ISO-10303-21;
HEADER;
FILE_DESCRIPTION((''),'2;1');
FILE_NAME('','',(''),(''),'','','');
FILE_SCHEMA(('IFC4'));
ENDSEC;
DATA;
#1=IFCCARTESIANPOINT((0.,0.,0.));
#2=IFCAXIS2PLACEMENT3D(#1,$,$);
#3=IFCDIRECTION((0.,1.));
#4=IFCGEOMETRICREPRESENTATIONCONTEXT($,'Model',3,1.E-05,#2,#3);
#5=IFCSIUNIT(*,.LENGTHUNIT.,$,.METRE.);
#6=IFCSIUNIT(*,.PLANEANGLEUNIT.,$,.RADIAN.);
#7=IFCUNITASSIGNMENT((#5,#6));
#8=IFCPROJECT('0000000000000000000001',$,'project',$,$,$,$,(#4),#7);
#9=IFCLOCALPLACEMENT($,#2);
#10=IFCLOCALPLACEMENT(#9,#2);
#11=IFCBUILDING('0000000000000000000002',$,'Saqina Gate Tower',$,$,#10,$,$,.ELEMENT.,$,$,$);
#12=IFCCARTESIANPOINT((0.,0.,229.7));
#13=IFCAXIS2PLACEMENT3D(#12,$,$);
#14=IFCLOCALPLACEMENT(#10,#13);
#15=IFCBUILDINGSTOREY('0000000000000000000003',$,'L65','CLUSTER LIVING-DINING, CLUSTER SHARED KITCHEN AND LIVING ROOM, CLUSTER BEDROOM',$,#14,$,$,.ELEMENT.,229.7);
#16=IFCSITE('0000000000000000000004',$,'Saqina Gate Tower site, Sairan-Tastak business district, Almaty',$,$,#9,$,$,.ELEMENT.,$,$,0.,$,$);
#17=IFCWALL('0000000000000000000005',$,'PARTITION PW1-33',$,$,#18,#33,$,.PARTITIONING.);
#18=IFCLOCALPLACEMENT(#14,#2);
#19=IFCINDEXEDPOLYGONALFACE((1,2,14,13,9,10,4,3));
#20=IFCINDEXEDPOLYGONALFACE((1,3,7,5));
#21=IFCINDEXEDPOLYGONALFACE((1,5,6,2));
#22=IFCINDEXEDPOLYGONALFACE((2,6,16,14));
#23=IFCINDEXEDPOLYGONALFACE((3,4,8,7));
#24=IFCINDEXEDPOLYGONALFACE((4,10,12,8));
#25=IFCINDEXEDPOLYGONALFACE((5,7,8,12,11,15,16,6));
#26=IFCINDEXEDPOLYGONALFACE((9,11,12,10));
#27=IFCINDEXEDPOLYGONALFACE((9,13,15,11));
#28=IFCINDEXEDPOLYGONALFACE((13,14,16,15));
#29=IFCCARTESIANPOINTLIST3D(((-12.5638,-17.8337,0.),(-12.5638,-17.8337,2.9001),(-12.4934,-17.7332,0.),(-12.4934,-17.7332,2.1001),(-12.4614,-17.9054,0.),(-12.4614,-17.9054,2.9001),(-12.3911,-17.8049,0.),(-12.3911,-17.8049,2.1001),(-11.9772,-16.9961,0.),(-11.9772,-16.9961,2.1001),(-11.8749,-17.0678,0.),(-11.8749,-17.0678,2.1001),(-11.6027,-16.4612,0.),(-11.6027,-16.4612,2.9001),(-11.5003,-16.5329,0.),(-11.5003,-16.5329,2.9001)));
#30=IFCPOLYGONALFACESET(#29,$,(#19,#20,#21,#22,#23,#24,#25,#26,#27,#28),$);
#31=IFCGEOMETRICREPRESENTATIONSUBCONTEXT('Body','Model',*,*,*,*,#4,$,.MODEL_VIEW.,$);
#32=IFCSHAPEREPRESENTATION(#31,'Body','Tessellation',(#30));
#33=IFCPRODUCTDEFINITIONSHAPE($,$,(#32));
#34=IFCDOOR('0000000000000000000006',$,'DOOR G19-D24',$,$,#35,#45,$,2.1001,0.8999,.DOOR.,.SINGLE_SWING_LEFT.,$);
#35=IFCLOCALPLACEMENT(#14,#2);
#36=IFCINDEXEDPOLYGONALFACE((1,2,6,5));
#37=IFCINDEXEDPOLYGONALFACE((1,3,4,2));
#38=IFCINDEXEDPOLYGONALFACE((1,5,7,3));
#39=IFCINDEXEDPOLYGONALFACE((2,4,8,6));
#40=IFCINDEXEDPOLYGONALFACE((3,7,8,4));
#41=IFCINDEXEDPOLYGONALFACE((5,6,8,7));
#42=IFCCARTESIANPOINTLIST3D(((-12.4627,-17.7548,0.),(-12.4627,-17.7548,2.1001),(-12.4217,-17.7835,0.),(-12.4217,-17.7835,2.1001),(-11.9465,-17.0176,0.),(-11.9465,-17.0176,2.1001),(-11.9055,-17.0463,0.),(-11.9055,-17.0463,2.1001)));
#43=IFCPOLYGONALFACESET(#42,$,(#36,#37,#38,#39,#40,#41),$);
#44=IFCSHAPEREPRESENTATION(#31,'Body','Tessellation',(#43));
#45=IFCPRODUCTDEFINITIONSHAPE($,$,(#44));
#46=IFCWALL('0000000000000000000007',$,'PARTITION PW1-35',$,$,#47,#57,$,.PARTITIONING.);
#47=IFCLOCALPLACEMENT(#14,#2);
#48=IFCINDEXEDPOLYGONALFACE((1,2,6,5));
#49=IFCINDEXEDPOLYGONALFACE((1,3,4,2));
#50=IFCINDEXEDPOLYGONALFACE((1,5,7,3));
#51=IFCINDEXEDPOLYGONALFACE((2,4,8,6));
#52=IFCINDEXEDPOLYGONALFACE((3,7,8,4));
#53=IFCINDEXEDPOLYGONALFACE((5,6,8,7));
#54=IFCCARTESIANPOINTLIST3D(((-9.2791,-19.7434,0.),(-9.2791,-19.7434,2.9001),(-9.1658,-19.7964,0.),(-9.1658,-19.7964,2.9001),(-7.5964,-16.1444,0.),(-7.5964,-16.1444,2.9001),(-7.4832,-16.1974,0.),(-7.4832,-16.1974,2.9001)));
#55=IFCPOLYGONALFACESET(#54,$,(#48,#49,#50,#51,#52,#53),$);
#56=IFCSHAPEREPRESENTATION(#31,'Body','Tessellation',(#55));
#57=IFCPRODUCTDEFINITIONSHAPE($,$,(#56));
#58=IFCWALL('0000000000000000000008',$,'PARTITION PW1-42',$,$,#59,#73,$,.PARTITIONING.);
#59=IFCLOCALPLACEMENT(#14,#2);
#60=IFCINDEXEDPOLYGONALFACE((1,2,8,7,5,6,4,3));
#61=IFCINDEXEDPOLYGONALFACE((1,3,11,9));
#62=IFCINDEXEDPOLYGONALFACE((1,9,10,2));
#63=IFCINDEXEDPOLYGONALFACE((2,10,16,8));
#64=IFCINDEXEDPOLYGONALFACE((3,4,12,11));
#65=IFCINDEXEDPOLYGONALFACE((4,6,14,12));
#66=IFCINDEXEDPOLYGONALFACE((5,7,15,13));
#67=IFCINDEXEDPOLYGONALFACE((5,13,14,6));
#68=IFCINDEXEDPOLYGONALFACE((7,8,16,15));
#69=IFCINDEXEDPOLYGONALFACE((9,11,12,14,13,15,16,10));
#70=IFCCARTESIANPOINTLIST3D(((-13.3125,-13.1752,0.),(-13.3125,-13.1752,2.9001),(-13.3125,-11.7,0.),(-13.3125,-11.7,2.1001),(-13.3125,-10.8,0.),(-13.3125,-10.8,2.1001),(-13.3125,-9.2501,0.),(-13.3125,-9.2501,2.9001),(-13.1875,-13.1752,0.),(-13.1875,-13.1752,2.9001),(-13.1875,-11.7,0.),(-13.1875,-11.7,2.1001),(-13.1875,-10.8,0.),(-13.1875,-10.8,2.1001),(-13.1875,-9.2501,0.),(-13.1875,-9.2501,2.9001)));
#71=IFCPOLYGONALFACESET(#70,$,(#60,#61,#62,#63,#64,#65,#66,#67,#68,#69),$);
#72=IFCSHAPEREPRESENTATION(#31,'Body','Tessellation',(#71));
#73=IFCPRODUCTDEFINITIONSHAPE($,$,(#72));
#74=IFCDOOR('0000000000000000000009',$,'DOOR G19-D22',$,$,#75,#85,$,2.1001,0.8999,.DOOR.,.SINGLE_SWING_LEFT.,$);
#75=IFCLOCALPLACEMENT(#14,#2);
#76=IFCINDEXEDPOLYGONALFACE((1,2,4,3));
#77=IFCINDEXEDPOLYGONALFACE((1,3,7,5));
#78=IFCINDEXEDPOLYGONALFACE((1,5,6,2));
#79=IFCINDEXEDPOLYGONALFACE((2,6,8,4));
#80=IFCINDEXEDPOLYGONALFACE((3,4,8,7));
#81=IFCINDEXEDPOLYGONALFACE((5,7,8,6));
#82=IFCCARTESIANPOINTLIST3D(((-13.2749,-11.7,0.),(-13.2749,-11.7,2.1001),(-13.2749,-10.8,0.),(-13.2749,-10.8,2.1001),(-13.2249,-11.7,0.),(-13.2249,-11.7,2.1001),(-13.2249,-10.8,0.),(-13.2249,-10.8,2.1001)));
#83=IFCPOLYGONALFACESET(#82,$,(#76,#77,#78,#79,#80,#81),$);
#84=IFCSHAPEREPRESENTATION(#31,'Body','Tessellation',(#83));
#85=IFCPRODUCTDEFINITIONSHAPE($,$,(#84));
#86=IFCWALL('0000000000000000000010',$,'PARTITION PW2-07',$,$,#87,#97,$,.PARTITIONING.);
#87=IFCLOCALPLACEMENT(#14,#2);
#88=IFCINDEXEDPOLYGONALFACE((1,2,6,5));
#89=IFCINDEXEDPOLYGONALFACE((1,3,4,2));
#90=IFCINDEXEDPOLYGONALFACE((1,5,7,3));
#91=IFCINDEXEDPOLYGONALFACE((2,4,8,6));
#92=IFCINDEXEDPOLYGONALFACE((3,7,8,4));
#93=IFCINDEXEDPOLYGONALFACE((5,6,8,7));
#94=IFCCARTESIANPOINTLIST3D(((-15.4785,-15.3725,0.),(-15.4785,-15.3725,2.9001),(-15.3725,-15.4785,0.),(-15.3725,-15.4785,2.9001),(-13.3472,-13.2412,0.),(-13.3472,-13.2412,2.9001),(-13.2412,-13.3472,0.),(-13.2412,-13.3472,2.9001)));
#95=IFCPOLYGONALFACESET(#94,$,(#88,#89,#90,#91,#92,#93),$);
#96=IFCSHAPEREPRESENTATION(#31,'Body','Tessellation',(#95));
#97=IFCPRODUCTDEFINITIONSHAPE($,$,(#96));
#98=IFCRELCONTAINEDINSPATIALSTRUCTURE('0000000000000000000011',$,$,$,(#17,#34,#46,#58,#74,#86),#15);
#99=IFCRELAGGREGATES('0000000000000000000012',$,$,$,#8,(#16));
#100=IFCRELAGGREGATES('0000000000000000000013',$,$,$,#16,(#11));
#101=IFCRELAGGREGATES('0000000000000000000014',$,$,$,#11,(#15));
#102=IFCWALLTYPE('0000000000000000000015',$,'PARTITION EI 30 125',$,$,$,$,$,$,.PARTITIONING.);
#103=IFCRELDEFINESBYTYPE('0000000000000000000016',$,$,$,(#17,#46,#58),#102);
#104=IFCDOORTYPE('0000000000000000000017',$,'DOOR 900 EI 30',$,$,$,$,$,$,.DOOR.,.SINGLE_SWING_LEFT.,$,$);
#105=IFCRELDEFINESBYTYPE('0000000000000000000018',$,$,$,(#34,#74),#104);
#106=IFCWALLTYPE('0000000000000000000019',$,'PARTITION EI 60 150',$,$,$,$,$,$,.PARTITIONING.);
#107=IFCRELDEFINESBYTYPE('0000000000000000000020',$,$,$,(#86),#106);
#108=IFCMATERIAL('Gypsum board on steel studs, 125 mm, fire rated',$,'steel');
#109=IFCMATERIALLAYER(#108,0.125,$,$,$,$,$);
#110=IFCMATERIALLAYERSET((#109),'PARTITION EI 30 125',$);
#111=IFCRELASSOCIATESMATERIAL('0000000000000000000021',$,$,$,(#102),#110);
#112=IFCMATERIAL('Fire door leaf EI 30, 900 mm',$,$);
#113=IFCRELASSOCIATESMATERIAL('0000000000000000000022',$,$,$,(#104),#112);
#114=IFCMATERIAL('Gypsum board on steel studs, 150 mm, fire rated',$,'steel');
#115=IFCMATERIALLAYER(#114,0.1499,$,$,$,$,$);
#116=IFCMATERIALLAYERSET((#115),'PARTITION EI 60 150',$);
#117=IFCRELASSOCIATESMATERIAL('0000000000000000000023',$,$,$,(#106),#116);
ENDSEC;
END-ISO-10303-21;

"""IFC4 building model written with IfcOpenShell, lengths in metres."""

from ifc_helpers import new_model, si_unit, direction, frame, frame_2d, origin, place, context, subcontext, project, spatial, rectangle, extrude, material, layer, layer_set, type_object, element, fill, save


model = new_model("IFC4")

# Units and contexts
model_context = context("Model", 3, precision=1e-05, world=origin(), true_north=direction((0.0, 1.0)))
body_context = subcontext(model_context, "Body", "Model", "MODEL_VIEW")
ifc_project = project(units=[si_unit("LENGTHUNIT", "METRE"), si_unit("PLANEANGLEUNIT", "RADIAN")], contexts=[model_context])

# Site, building, storey
site_placement = place(None, origin())
site = spatial("IfcSite", under=ifc_project, at=site_placement, Name="Saqina Gate Tower site, Sairan-Tastak business district, Almaty", CompositionType="ELEMENT", RefElevation=0.0)
building_placement = place(site_placement, origin())
building = spatial("IfcBuilding", under=site, at=building_placement, Name="Saqina Gate Tower", CompositionType="ELEMENT")
storey_placement = place(building_placement, frame((0.0, 0.0, 229.7)))
storey = spatial("IfcBuildingStorey", under=building, at=storey_placement, Name="L65", Description="CLUSTER LIVING-DINING, CLUSTER SHARED KITCHEN AND LIVING ROOM, CLUSTER BEDROOM", CompositionType="ELEMENT", Elevation=229.7)

# Shared definitions
ifc_material_1 = material(Name="Gypsum board on steel studs, 125 mm, fire rated", Category="steel")
ifc_layer_1 = layer(ifc_material_1, 0.125)
ifc_layer_set_1 = layer_set([ifc_layer_1], Name="PARTITION EI 30 125")
wall_type_1 = type_object("IfcWallType", Name="PARTITION EI 30 125", PredefinedType="PARTITIONING", material=ifc_layer_set_1)

# Wall, opening, door
ifc_material_2 = material(Name="Fire door leaf EI 30, 900 mm")
door_type_1 = type_object("IfcDoorType", Name="DOOR 900 EI 30", OperationType="SINGLE_SWING_LEFT", PredefinedType="DOOR", material=ifc_material_2)
wall_1_placement = place(storey_placement, frame((-12.5127, -17.8696, 0.0), z_axis=(0.0, 0.0, 1.0), x_axis=(0.573619, 0.819122, 0.0)))
wall_1 = element("IfcWall", 1, at=wall_1_placement, inside=storey, type_object=wall_type_1, Name="PARTITION PW1-33", PredefinedType="PARTITIONING", context=body_context, shape_type="SweptSolid", body=[
    extrude(rectangle(XDim=1.6755, YDim=0.125, at=frame_2d((0.8379, 0.0))), origin(), (0.0, 0.0, 1.0), 2.9001),
])
opening_1_placement = place(wall_1_placement, frame((0.1228, 0.0, 0.0)))
opening_1 = element("IfcOpeningElement", 2, at=opening_1_placement, cuts=wall_1, PredefinedType="OPENING", context=body_context, shape_type="SweptSolid", body=[
    extrude(rectangle(XDim=0.8999, YDim=2.1001, at=frame_2d((0.45, 1.05))), frame((0.0, 0.0745, 0.0), z_axis=(0.0, -1.0, 0.0), x_axis=(1.0, 0.0, 0.0)), (0.0, 0.0, 1.0), 0.1489),
])
door_1_placement = place(opening_1_placement, origin())
door_1 = element("IfcDoor", 3, at=door_1_placement, inside=storey, type_object=door_type_1, Name="DOOR G19-D24", OperationType="SINGLE_SWING_LEFT", OverallHeight=2.1001, OverallWidth=0.8999, PredefinedType="DOOR", context=body_context, shape_type="SweptSolid", body=[
    extrude(rectangle(XDim=0.8999, YDim=2.1001, at=frame_2d((0.45, 1.05))), frame((0.0, 0.0249, 0.0), z_axis=(0.0, -1.0, 0.0), x_axis=(1.0, 0.0, 0.0)), (0.0, 0.0, 1.0), 0.05),
])
fill(opening_1, door_1)

# Wall
wall_2_placement = place(storey_placement, frame((-9.2224, -19.7698, 0.0), z_axis=(0.0, 0.0, 1.0), x_axis=(0.423535, 0.90588, 0.0)))
element("IfcWall", 4, at=wall_2_placement, inside=storey, type_object=wall_type_1, Name="PARTITION PW1-35", PredefinedType="PARTITIONING", context=body_context, shape_type="SweptSolid", body=[
    extrude(rectangle(XDim=3.9729, YDim=0.125, at=frame_2d((1.9863, 0.0))), origin(), (0.0, 0.0, 1.0), 2.9001),
])

# Wall, opening, door
wall_3_placement = place(storey_placement, frame((-13.25, -13.175, 0.0), z_axis=(0.0, 0.0, 1.0), x_axis=(0.0, 1.0, 0.0)))
wall_3 = element("IfcWall", 5, at=wall_3_placement, inside=storey, type_object=wall_type_1, Name="PARTITION PW1-42", PredefinedType="PARTITIONING", context=body_context, shape_type="SweptSolid", body=[
    extrude(rectangle(XDim=3.925, YDim=0.125, at=frame_2d((1.9624, 0.0))), origin(), (0.0, 0.0, 1.0), 2.9001),
])
opening_2_placement = place(wall_3_placement, frame((1.4751, 0.0, 0.0)))
opening_2 = element("IfcOpeningElement", 6, at=opening_2_placement, cuts=wall_3, PredefinedType="OPENING", context=body_context, shape_type="SweptSolid", body=[
    extrude(rectangle(XDim=0.8999, YDim=2.1001, at=frame_2d((0.45, 1.05))), frame((0.0, 0.0745, 0.0), z_axis=(0.0, -1.0, 0.0), x_axis=(1.0, 0.0, 0.0)), (0.0, 0.0, 1.0), 0.1489),
])
door_2_placement = place(opening_2_placement, origin())
door_2 = element("IfcDoor", 7, at=door_2_placement, inside=storey, type_object=door_type_1, Name="DOOR G19-D22", OperationType="SINGLE_SWING_LEFT", OverallHeight=2.1001, OverallWidth=0.8999, PredefinedType="DOOR", context=body_context, shape_type="SweptSolid", body=[
    extrude(rectangle(XDim=0.8999, YDim=2.1001, at=frame_2d((0.45, 1.05))), frame((0.0, 0.0249, 0.0), z_axis=(0.0, -1.0, 0.0), x_axis=(1.0, 0.0, 0.0)), (0.0, 0.0, 1.0), 0.05),
])
fill(opening_2, door_2)

# Wall
ifc_material_3 = material(Name="Gypsum board on steel studs, 150 mm, fire rated", Category="steel")
ifc_layer_2 = layer(ifc_material_3, 0.1499)
ifc_layer_set_2 = layer_set([ifc_layer_2], Name="PARTITION EI 60 150")
wall_type_2 = type_object("IfcWallType", Name="PARTITION EI 60 150", PredefinedType="PARTITIONING", material=ifc_layer_set_2)
wall_4_placement = place(storey_placement, frame((-15.4255, -15.4255, 0.0), z_axis=(0.0, 0.0, 1.0), x_axis=(0.707107, 0.707107, 0.0)))
element("IfcWall", 8, at=wall_4_placement, inside=storey, type_object=wall_type_2, Name="PARTITION PW2-07", PredefinedType="PARTITIONING", context=body_context, shape_type="SweptSolid", body=[
    extrude(rectangle(XDim=3.0142, YDim=0.1499, at=frame_2d((1.5071, 0.0))), origin(), (0.0, 0.0, 1.0), 2.9001),
])

save(model, "model.ifc")
